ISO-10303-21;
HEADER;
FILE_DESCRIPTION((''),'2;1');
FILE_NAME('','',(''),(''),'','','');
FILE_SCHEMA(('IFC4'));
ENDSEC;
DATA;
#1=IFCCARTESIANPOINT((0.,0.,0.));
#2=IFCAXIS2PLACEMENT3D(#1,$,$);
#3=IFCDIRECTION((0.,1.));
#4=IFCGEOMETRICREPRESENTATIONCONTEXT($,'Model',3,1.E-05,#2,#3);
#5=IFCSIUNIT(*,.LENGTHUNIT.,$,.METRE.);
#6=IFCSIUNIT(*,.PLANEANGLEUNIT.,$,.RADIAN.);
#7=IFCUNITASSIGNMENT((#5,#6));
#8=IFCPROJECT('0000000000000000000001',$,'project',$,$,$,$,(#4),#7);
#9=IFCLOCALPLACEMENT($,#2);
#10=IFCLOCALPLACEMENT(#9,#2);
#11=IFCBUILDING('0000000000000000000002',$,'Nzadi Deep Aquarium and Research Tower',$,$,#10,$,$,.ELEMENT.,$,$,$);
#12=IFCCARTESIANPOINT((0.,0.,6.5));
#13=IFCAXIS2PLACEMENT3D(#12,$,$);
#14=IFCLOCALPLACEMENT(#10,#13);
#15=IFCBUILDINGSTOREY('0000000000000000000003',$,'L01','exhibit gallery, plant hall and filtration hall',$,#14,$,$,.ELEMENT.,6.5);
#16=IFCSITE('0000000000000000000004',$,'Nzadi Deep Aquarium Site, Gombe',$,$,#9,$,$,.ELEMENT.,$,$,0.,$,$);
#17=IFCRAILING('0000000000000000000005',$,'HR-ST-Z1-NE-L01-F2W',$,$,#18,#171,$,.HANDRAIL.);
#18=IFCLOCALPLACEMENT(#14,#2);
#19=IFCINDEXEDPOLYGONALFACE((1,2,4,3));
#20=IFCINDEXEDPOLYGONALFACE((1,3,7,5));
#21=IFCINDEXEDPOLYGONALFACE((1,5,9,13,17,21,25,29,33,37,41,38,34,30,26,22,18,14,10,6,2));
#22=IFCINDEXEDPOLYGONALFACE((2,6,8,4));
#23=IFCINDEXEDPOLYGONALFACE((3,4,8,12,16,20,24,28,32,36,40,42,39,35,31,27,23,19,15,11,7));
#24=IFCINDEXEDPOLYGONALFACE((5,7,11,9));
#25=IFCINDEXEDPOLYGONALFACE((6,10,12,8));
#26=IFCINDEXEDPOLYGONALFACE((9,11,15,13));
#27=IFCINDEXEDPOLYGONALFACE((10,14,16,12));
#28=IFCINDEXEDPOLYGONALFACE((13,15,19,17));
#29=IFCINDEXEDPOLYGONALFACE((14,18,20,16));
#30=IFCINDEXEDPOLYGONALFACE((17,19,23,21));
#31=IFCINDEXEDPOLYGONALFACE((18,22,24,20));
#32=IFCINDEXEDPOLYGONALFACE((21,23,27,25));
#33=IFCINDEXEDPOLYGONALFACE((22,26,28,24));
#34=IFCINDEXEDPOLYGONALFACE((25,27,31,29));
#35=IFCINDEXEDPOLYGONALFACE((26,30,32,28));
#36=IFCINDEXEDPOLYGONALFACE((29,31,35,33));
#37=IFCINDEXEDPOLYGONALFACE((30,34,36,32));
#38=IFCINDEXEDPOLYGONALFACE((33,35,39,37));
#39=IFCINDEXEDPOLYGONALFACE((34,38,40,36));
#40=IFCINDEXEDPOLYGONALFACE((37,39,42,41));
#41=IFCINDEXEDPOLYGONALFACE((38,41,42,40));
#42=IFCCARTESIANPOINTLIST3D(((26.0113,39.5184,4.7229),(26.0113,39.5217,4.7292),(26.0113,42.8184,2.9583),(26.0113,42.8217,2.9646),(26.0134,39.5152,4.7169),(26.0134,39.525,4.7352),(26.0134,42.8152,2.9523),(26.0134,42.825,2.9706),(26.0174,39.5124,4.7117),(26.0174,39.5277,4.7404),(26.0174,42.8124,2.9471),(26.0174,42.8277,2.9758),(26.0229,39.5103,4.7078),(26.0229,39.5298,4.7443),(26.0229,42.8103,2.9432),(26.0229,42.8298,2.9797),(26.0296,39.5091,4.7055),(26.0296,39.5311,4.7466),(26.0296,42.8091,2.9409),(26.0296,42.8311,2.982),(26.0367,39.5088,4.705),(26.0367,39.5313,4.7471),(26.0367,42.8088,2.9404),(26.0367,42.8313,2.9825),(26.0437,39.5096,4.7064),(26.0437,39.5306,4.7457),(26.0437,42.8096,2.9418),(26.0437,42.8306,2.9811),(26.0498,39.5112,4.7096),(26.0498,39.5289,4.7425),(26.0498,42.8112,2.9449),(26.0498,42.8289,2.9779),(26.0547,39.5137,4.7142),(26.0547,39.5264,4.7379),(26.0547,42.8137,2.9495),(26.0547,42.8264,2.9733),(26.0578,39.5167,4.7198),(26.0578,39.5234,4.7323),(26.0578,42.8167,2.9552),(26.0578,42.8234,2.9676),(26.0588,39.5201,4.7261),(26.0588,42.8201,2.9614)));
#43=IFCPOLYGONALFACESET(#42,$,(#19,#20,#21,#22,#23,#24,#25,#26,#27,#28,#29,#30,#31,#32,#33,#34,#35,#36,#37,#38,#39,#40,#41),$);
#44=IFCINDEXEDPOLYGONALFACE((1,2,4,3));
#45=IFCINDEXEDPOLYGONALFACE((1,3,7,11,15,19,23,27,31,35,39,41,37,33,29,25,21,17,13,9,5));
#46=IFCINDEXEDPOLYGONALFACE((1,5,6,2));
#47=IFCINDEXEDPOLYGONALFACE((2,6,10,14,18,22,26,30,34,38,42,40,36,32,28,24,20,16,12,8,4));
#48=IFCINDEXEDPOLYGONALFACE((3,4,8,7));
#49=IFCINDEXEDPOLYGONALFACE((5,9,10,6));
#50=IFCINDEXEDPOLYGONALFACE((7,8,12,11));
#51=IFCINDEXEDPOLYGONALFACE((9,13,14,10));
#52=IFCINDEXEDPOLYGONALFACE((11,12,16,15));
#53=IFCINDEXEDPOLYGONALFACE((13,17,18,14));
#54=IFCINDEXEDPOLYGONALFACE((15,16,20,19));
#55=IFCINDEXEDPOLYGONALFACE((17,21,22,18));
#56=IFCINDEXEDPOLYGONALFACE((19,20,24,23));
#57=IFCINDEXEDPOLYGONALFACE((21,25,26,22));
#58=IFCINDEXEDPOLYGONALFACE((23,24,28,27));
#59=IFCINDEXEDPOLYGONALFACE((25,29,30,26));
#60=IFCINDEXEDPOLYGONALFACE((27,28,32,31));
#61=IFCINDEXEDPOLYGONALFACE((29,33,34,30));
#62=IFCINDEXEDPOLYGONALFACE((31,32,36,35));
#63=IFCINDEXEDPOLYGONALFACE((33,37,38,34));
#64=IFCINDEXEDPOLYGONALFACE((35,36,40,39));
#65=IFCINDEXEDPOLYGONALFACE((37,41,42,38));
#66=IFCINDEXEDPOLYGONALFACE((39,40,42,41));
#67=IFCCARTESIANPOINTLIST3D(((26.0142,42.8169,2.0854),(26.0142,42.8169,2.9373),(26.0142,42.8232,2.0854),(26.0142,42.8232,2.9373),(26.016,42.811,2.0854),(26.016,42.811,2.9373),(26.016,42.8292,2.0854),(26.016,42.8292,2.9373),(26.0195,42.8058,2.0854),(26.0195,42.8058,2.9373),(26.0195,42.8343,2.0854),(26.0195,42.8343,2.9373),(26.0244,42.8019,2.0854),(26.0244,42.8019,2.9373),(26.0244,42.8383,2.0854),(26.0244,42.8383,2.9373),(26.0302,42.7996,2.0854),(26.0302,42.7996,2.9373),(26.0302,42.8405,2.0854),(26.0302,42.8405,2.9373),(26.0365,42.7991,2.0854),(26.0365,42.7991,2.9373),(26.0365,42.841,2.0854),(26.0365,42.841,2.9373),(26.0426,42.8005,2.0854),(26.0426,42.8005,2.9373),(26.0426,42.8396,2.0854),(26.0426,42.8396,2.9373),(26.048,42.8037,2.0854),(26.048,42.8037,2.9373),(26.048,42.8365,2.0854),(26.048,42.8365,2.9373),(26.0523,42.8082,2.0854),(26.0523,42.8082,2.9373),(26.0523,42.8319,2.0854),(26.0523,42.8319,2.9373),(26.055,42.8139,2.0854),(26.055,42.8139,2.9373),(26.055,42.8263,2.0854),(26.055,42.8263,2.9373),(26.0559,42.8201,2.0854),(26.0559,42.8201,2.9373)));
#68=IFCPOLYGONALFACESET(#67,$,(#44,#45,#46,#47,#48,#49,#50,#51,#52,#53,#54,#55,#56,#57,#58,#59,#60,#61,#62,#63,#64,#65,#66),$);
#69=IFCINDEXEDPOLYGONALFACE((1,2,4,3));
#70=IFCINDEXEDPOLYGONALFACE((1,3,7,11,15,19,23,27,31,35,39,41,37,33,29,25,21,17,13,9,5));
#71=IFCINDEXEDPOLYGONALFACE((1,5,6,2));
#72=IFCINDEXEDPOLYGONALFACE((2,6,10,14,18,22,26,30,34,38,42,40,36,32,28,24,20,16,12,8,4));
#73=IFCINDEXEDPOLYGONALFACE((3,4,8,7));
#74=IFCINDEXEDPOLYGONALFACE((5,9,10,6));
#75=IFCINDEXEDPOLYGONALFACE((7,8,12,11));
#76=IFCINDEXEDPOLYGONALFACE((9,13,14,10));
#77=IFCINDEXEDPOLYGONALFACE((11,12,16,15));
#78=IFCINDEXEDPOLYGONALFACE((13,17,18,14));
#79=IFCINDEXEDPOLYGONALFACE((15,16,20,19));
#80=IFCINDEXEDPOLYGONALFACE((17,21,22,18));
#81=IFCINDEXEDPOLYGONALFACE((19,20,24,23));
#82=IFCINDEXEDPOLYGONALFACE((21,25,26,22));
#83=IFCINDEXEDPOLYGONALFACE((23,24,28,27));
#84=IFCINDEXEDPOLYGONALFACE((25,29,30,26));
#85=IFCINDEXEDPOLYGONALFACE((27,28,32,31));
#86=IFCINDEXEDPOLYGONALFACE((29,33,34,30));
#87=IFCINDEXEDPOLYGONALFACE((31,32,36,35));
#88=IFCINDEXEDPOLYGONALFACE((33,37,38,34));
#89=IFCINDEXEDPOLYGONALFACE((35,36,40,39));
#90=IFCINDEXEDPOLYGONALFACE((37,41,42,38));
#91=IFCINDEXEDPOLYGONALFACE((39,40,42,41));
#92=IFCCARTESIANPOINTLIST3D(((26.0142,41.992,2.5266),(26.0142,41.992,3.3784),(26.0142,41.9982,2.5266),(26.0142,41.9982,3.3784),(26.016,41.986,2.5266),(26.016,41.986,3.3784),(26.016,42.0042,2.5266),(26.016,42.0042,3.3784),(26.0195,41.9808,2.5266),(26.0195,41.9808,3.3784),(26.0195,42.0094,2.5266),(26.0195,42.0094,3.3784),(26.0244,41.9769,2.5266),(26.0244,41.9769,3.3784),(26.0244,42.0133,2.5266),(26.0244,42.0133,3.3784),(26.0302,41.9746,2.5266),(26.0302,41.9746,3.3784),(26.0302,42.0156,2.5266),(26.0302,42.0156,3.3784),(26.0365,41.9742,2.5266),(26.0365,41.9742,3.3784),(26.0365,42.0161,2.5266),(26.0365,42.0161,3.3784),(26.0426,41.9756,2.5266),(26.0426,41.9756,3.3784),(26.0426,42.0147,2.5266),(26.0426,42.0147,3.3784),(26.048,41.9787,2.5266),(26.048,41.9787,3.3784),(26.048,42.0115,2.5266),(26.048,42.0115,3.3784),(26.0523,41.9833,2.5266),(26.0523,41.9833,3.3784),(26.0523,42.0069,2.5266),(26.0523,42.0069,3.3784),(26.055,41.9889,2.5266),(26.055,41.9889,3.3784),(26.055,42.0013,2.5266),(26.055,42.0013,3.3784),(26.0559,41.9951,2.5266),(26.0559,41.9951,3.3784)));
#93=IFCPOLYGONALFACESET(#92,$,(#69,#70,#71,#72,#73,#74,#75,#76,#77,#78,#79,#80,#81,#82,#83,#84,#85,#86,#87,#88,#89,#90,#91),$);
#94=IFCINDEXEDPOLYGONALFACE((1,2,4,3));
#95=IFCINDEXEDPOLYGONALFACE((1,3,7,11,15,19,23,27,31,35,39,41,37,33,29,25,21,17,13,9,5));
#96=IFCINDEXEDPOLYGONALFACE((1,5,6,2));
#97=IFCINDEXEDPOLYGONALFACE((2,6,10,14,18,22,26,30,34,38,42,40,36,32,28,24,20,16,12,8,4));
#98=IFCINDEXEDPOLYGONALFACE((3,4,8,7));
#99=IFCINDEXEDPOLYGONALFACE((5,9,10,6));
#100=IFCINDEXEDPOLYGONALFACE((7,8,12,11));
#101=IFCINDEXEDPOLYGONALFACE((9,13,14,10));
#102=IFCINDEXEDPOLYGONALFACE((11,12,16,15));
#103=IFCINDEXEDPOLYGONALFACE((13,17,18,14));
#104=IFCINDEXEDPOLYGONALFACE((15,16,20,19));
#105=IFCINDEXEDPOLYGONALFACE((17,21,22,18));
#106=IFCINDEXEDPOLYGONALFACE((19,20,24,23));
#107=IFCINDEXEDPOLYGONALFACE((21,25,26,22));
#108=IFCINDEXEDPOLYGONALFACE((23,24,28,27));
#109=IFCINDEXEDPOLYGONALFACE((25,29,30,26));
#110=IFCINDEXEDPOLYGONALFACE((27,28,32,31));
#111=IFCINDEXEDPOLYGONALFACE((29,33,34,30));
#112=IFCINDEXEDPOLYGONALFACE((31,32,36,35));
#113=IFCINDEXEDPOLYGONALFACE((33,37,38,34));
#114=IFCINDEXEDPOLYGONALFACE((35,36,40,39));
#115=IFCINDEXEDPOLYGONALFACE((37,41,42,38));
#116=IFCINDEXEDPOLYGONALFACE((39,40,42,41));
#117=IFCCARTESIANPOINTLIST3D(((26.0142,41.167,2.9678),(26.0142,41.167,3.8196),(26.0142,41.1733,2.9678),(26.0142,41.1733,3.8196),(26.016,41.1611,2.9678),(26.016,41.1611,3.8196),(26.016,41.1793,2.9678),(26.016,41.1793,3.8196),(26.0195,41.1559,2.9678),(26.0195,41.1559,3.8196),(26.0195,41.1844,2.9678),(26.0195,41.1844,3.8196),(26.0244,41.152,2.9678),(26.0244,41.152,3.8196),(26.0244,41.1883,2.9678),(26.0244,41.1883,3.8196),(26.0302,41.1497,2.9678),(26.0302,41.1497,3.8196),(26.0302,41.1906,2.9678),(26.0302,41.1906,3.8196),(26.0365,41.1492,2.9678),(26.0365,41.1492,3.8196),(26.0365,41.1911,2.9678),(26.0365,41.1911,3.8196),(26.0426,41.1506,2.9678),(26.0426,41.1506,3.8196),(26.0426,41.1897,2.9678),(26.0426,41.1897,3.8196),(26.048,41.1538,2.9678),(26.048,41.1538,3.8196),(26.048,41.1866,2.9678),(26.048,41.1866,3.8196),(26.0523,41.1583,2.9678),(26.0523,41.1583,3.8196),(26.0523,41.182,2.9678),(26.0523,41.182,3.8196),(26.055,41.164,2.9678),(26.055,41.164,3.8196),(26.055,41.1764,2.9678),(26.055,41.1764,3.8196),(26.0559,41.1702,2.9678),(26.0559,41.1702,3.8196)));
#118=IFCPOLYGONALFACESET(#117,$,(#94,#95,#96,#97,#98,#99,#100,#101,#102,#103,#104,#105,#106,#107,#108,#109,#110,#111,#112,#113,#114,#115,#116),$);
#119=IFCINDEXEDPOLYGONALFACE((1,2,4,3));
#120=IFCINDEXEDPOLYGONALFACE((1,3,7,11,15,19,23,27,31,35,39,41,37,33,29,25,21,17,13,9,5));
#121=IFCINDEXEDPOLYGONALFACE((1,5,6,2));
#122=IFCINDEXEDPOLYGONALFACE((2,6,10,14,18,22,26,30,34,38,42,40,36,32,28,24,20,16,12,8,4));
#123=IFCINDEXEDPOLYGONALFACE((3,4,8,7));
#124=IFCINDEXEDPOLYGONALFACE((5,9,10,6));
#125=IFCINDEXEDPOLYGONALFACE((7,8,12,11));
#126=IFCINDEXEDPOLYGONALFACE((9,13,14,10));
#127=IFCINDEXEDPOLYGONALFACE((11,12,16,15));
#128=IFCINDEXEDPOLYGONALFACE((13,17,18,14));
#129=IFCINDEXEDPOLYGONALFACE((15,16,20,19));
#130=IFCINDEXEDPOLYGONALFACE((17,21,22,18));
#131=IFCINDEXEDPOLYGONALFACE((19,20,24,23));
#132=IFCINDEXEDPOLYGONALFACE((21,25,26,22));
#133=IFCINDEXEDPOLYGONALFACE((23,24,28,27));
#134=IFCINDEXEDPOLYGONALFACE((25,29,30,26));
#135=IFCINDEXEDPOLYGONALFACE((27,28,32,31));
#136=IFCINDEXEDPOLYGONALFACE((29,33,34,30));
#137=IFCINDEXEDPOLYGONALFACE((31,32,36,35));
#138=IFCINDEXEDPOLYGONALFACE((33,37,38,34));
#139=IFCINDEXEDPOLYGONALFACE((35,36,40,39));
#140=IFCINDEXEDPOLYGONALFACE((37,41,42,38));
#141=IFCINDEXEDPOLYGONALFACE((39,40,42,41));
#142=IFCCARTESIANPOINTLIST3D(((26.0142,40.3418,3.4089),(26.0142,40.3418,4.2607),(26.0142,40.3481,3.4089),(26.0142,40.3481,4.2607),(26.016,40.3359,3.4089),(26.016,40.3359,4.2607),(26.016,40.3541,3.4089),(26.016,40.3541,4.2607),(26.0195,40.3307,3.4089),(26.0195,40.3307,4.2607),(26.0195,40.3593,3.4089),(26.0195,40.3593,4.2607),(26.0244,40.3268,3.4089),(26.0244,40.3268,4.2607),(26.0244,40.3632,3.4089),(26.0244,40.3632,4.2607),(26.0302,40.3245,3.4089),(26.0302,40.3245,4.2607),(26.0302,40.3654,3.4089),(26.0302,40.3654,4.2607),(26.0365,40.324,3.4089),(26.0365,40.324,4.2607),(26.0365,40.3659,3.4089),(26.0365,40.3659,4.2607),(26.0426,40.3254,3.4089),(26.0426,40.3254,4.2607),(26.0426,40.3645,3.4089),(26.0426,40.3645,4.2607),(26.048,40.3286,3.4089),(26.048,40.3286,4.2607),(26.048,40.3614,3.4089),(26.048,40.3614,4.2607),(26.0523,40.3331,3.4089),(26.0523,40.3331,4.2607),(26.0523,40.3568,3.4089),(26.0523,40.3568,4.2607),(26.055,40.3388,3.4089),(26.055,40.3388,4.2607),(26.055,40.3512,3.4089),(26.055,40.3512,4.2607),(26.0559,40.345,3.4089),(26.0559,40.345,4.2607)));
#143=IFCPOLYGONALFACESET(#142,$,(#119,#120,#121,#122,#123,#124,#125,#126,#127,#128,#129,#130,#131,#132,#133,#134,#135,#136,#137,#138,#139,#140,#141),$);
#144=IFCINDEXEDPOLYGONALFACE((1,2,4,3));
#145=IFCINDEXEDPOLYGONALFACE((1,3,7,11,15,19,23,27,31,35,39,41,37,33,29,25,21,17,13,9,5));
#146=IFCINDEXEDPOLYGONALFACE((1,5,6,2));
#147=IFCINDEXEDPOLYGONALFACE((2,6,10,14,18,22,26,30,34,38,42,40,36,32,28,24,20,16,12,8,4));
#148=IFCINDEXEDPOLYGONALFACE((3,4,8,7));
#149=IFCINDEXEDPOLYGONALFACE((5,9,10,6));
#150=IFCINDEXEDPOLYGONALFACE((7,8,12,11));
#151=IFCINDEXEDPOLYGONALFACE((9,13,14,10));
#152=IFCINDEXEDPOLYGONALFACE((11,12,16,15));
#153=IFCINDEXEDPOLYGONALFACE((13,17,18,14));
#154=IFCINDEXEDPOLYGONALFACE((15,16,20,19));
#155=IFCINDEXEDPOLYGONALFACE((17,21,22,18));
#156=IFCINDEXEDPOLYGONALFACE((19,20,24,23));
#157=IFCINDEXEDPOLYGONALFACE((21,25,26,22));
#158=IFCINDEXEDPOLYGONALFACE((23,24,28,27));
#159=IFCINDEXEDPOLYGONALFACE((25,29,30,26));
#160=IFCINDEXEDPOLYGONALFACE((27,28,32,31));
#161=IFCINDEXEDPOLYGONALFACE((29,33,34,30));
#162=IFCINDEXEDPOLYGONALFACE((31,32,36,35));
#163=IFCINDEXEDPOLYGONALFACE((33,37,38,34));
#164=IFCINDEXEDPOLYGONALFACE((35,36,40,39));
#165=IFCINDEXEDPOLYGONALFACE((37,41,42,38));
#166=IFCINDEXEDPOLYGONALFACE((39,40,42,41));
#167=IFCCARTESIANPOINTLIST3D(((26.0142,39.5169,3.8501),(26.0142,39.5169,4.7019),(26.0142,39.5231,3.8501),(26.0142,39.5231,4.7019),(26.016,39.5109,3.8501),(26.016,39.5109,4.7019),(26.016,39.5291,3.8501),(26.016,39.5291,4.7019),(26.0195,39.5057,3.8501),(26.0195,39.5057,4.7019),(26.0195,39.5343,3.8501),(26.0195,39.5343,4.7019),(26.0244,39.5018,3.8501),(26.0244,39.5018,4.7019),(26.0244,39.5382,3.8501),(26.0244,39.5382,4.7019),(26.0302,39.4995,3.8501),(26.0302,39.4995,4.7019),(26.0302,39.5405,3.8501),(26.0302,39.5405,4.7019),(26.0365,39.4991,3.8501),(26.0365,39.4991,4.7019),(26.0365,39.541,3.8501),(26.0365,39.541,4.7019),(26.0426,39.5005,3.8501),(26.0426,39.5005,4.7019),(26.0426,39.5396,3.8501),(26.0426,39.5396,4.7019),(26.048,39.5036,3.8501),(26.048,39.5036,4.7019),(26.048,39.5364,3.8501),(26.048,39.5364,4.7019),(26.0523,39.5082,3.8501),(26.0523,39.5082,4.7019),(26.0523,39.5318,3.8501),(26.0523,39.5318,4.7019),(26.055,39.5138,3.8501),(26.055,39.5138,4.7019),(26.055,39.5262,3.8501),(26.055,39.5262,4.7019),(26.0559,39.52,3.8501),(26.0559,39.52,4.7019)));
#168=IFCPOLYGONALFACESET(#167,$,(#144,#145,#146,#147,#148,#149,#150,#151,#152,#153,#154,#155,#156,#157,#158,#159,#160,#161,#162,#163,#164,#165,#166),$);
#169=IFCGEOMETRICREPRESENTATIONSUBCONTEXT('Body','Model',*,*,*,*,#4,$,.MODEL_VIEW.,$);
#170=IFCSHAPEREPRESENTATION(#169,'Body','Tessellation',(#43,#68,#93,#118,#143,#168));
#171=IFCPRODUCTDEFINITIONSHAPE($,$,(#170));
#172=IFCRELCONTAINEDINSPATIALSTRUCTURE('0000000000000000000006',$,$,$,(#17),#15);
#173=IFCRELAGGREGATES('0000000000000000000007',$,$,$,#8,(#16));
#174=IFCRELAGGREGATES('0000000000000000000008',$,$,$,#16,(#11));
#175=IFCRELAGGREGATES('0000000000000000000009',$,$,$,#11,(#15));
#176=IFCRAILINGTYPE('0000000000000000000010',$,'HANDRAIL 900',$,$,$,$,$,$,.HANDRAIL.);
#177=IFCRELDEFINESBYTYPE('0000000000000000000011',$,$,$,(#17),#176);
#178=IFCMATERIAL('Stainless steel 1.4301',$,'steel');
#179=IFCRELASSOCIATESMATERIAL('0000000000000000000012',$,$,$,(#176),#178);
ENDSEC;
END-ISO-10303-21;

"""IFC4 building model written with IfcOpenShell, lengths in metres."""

from ifc_helpers import new_model, si_unit, direction, frame, origin, origin_2d, place, context, subcontext, project, spatial, circle, extrude, material, type_object, element, save


model = new_model("IFC4")

# Units and contexts
model_context = context("Model", 3, precision=1e-05, world=origin(), true_north=direction((0.0, 1.0)))
body_context = subcontext(model_context, "Body", "Model", "MODEL_VIEW")
ifc_project = project(units=[si_unit("LENGTHUNIT", "METRE"), si_unit("PLANEANGLEUNIT", "RADIAN")], contexts=[model_context])

# Site, building, storey
site_placement = place(None, origin())
site = spatial("IfcSite", under=ifc_project, at=site_placement, Name="Nzadi Deep Aquarium Site, Gombe", CompositionType="ELEMENT", RefElevation=0.0)
building_placement = place(site_placement, origin())
building = spatial("IfcBuilding", under=site, at=building_placement, Name="Nzadi Deep Aquarium and Research Tower", CompositionType="ELEMENT")
storey_placement = place(building_placement, frame((0.0, 0.0, 6.5)))
storey = spatial("IfcBuildingStorey", under=building, at=storey_placement, Name="L01", Description="exhibit gallery, plant hall and filtration hall", CompositionType="ELEMENT", Elevation=6.5)

# Railing
ifc_material_1 = material(Name="Stainless steel 1.4301", Category="steel")
railing_type = type_object("IfcRailingType", Name="HANDRAIL 900", PredefinedType="HANDRAIL", material=ifc_material_1)
for number, where, name in (
    (1, (26.0349, 42.8201, 2.0854), "HR-ST-Z1-NE-L01-F2W"),
):
    element("IfcRailing", number, at=place(storey_placement, frame(where)), inside=storey, type_object=railing_type, Name=name, PredefinedType="HANDRAIL", context=body_context, shape_type="SweptSolid", body=[
        extrude(circle(Radius=0.0239, at=origin_2d()), frame((0.0, 0.0, 0.876), z_axis=(0.0, -0.88184, 0.47155), x_axis=(1.0, 0.0, 0.0)), (0.0, 0.0, 1.0), 3.7422),
        extrude(circle(Radius=0.021, at=origin_2d()), origin(), (0.0, 0.0, 1.0), 0.8518),
        extrude(circle(Radius=0.021, at=origin_2d()), frame((0.0, -0.825, 0.4412)), (0.0, 0.0, 1.0), 0.8518),
        extrude(circle(Radius=0.021, at=origin_2d()), frame((0.0, -1.6499, 0.8823)), (0.0, 0.0, 1.0), 0.8518),
        extrude(circle(Radius=0.021, at=origin_2d()), frame((0.0, -2.4751, 1.3235)), (0.0, 0.0, 1.0), 0.8518),
        extrude(circle(Radius=0.021, at=origin_2d()), frame((0.0, -3.3, 1.7646)), (0.0, 0.0, 1.0), 0.8518),
    ])

save(model, "model.ifc")
